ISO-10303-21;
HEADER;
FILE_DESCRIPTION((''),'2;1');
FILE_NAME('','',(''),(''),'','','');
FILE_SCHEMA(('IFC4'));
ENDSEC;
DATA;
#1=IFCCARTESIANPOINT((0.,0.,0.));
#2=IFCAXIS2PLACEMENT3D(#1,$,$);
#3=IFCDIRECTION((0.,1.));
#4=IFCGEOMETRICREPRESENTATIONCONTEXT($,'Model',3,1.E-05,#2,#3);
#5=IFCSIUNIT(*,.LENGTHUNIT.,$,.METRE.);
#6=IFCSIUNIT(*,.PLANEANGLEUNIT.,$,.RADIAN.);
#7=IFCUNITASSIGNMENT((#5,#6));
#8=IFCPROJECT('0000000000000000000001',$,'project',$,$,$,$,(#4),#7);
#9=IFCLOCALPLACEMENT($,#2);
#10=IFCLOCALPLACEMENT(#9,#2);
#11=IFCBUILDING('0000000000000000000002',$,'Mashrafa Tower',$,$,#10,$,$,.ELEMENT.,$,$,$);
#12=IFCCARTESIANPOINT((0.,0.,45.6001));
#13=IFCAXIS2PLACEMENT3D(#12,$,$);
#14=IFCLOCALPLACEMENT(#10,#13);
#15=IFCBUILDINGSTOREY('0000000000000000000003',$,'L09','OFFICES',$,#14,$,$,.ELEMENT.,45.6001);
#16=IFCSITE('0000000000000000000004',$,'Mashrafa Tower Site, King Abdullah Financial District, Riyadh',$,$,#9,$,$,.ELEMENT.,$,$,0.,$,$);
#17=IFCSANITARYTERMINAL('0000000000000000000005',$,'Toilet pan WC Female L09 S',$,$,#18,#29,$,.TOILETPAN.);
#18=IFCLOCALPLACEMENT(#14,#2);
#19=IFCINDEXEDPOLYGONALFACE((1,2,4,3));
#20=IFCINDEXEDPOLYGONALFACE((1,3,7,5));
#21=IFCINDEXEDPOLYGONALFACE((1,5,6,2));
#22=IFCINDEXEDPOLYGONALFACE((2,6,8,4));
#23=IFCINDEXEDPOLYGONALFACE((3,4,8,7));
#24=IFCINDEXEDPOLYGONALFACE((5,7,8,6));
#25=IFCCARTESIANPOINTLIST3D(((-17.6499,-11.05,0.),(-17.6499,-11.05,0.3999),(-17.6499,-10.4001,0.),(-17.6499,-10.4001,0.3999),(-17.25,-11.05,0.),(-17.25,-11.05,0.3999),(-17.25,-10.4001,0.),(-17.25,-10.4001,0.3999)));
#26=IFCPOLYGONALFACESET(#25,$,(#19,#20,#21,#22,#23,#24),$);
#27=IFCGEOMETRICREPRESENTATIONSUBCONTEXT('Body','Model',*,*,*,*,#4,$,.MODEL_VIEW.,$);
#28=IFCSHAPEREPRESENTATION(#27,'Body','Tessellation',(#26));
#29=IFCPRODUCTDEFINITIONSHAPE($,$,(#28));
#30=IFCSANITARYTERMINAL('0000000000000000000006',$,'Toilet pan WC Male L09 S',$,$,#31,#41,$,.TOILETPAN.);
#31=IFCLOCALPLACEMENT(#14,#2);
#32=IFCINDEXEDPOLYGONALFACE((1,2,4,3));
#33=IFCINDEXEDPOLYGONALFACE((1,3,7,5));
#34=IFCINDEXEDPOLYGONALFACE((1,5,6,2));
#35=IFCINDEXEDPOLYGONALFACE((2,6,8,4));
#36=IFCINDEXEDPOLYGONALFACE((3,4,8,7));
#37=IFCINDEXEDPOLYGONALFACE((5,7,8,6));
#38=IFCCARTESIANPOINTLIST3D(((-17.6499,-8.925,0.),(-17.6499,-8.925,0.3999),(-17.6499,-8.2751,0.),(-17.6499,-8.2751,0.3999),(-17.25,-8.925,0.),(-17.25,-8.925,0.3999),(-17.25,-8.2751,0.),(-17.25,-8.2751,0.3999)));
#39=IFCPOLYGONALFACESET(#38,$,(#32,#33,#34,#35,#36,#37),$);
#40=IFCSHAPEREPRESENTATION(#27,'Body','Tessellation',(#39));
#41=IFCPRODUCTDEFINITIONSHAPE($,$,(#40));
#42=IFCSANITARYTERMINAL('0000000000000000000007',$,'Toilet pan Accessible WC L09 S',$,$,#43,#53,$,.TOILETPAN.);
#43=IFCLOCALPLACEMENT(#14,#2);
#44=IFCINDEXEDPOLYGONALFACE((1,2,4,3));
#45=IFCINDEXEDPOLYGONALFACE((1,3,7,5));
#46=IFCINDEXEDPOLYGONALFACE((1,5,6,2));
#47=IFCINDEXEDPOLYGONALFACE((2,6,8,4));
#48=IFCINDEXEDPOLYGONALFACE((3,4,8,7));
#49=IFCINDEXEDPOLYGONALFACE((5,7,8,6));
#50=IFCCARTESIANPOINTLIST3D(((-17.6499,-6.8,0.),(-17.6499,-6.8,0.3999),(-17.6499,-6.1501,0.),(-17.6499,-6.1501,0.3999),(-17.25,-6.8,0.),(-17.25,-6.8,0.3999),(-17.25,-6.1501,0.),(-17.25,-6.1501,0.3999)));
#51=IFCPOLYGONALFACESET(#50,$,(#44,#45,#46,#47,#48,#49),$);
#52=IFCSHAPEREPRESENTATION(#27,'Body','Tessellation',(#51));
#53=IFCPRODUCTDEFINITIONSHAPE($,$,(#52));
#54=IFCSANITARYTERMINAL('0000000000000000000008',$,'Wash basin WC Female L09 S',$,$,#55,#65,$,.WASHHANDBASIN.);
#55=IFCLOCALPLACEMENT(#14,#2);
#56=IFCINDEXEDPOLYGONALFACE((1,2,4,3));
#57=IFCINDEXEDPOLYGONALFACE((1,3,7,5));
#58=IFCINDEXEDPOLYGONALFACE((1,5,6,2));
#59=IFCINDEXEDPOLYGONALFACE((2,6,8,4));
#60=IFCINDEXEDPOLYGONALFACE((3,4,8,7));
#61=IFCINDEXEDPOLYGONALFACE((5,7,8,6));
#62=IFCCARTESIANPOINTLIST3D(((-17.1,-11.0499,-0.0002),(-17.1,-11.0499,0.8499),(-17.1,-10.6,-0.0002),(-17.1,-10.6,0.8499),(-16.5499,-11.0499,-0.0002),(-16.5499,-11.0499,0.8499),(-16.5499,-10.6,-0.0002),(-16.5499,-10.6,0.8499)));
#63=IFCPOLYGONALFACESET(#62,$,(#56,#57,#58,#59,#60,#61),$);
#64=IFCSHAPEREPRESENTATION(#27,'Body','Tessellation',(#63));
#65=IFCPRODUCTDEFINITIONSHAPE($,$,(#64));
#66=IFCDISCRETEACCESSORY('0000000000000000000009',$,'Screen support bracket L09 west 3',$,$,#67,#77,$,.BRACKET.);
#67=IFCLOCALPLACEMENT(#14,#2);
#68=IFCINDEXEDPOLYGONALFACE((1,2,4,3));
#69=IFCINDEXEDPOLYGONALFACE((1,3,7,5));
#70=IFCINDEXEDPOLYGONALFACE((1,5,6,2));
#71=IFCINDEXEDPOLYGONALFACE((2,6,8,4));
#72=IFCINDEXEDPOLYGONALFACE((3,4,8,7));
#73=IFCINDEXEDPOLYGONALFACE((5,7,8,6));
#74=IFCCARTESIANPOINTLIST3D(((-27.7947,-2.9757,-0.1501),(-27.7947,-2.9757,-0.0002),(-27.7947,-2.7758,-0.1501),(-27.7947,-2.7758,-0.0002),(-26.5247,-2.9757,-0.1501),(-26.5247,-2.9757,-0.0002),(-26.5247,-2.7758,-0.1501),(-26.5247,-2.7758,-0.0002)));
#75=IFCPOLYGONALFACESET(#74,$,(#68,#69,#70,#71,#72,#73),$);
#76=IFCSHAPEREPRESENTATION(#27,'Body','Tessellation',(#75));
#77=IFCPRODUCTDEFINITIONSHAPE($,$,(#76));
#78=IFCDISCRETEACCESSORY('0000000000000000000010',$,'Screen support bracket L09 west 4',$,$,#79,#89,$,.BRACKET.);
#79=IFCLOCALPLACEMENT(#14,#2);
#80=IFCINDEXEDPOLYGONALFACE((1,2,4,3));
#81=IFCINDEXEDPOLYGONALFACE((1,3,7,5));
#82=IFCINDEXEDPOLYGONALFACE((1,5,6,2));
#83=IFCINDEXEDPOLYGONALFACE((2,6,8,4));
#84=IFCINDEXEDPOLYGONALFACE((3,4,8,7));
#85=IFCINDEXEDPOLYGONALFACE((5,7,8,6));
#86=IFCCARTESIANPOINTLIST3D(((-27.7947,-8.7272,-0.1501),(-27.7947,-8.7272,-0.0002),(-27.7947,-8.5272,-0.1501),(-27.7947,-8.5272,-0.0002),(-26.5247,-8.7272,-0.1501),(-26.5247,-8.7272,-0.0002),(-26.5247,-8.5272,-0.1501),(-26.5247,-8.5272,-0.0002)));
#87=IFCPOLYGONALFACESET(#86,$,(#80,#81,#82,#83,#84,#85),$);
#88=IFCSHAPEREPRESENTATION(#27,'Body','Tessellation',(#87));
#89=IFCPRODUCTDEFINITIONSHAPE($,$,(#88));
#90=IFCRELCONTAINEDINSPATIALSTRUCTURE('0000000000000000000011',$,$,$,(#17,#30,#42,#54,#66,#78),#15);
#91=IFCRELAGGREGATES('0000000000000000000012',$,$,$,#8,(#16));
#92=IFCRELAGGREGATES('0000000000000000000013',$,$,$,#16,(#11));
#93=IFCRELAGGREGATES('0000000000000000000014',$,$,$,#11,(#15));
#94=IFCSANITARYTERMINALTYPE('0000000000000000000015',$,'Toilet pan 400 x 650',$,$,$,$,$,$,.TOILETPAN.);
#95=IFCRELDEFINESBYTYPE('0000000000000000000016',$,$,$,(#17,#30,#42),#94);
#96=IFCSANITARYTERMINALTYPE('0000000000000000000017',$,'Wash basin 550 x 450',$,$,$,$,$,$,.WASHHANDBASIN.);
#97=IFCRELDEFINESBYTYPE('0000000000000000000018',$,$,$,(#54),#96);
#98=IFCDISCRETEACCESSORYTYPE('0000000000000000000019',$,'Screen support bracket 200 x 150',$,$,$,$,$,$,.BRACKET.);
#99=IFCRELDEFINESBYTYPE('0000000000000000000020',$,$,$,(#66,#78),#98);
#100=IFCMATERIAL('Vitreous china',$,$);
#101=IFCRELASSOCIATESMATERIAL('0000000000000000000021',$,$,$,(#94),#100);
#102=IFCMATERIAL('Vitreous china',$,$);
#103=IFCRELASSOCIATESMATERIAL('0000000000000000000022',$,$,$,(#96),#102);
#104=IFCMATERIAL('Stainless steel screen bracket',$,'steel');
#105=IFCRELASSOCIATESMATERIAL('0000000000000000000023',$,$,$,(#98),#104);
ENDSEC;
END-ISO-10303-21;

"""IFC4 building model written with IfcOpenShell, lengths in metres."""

from ifc_helpers import new_model, si_unit, direction, frame, origin, origin_2d, place, context, subcontext, project, spatial, rectangle, extrude, source, transform, mapped, material, type_object, type_shapes, element, save


model = new_model("IFC4")

# Units and contexts
model_context = context("Model", 3, precision=1e-05, world=origin(), true_north=direction((0.0, 1.0)))
body_context = subcontext(model_context, "Body", "Model", "MODEL_VIEW")
ifc_project = project(units=[si_unit("LENGTHUNIT", "METRE"), si_unit("PLANEANGLEUNIT", "RADIAN")], contexts=[model_context])

# Site, building, storey
site_placement = place(None, origin())
site = spatial("IfcSite", under=ifc_project, at=site_placement, Name="Mashrafa Tower Site, King Abdullah Financial District, Riyadh", CompositionType="ELEMENT", RefElevation=0.0)
building_placement = place(site_placement, origin())
building = spatial("IfcBuilding", under=site, at=building_placement, Name="Mashrafa Tower", CompositionType="ELEMENT")
storey_placement = place(building_placement, frame((0.0, 0.0, 45.6001)))
storey = spatial("IfcBuildingStorey", under=building, at=storey_placement, Name="L09", Description="OFFICES", CompositionType="ELEMENT", Elevation=45.6001)

# Sanitary terminals
ifc_material_1 = material(Name="Vitreous china")
sanitary_terminal_type_1 = type_object("IfcSanitaryTerminalType", Name="Toilet pan 400 x 650", PredefinedType="TOILETPAN", material=ifc_material_1)
for number, where, z_axis, x_axis, name in (
    (1, (-17.45, -10.7251, 0.0), (0.0, 0.0, 1.0), (1.0, 0.0, 0.0), "Toilet pan WC Female L09 S"),
    (2, (-17.45, -8.6001, 0.0), (0.0, 0.0, 1.0), (1.0, 0.0, 0.0), "Toilet pan WC Male L09 S"),
    (3, (-17.45, -6.4751, 0.0), (0.0, 0.0, 1.0), (1.0, 0.0, 0.0), "Toilet pan Accessible WC L09 S"),
):
    element("IfcSanitaryTerminal", number, at=place(storey_placement, frame(where, z_axis=z_axis, x_axis=x_axis)), inside=storey, type_object=sanitary_terminal_type_1, Name=name, PredefinedType="TOILETPAN", context=body_context, shape_type="SweptSolid", body=[
        extrude(rectangle(XDim=0.3999, YDim=0.6499, at=origin_2d()), origin(), (0.0, 0.0, 1.0), 0.3999),
    ])
ifc_material_2 = material(Name="Vitreous china")
sanitary_terminal_type_2 = type_object("IfcSanitaryTerminalType", Name="Wash basin 550 x 450", PredefinedType="WASHHANDBASIN", material=ifc_material_2)
sanitary_terminal_1_placement = place(storey_placement, frame((-16.825, -10.825, -0.0002), z_axis=(0.0, 0.0, 1.0), x_axis=(1.0, 0.0, 0.0)))
element("IfcSanitaryTerminal", 4, at=sanitary_terminal_1_placement, inside=storey, type_object=sanitary_terminal_type_2, Name="Wash basin WC Female L09 S", PredefinedType="WASHHANDBASIN", context=body_context, shape_type="SweptSolid", body=[
    extrude(rectangle(XDim=0.55, YDim=0.45, at=origin_2d()), origin(), (0.0, 0.0, 1.0), 0.8501),
])

# Discrete accessories
ifc_material_3 = material(Name="Stainless steel screen bracket", Category="steel")
discrete_accessory_type = type_object("IfcDiscreteAccessoryType", Name="Screen support bracket 200 x 150", PredefinedType="BRACKET", material=ifc_material_3)
shared_shape_1 = source(origin(), body_context, "Body", "SweptSolid", [
    extrude(rectangle(XDim=0.2, YDim=1.27, at=origin_2d()), origin(), (0.0, 0.0, 1.0), 0.1499),
])
type_shapes(discrete_accessory_type, [shared_shape_1])
for number, where, z_axis, x_axis, name in (
    (5, (-27.1597, -2.8757, -0.1501), (0.0, 0.0, 1.0), (0.0, -1.0, 0.0), "Screen support bracket L09 west 3"),
    (6, (-27.1597, -8.6272, -0.1501), (0.0, 0.0, 1.0), (0.0, -1.0, 0.0), "Screen support bracket L09 west 4"),
):
    element("IfcDiscreteAccessory", number, at=place(storey_placement, frame(where, z_axis=z_axis, x_axis=x_axis)), inside=storey, type_object=discrete_accessory_type, Name=name, PredefinedType="BRACKET", context=body_context, shape_type="MappedRepresentation", body=[
        mapped(shared_shape_1, transform((0.0, 0.0, 0.0))),
    ])

save(model, "model.ifc")
